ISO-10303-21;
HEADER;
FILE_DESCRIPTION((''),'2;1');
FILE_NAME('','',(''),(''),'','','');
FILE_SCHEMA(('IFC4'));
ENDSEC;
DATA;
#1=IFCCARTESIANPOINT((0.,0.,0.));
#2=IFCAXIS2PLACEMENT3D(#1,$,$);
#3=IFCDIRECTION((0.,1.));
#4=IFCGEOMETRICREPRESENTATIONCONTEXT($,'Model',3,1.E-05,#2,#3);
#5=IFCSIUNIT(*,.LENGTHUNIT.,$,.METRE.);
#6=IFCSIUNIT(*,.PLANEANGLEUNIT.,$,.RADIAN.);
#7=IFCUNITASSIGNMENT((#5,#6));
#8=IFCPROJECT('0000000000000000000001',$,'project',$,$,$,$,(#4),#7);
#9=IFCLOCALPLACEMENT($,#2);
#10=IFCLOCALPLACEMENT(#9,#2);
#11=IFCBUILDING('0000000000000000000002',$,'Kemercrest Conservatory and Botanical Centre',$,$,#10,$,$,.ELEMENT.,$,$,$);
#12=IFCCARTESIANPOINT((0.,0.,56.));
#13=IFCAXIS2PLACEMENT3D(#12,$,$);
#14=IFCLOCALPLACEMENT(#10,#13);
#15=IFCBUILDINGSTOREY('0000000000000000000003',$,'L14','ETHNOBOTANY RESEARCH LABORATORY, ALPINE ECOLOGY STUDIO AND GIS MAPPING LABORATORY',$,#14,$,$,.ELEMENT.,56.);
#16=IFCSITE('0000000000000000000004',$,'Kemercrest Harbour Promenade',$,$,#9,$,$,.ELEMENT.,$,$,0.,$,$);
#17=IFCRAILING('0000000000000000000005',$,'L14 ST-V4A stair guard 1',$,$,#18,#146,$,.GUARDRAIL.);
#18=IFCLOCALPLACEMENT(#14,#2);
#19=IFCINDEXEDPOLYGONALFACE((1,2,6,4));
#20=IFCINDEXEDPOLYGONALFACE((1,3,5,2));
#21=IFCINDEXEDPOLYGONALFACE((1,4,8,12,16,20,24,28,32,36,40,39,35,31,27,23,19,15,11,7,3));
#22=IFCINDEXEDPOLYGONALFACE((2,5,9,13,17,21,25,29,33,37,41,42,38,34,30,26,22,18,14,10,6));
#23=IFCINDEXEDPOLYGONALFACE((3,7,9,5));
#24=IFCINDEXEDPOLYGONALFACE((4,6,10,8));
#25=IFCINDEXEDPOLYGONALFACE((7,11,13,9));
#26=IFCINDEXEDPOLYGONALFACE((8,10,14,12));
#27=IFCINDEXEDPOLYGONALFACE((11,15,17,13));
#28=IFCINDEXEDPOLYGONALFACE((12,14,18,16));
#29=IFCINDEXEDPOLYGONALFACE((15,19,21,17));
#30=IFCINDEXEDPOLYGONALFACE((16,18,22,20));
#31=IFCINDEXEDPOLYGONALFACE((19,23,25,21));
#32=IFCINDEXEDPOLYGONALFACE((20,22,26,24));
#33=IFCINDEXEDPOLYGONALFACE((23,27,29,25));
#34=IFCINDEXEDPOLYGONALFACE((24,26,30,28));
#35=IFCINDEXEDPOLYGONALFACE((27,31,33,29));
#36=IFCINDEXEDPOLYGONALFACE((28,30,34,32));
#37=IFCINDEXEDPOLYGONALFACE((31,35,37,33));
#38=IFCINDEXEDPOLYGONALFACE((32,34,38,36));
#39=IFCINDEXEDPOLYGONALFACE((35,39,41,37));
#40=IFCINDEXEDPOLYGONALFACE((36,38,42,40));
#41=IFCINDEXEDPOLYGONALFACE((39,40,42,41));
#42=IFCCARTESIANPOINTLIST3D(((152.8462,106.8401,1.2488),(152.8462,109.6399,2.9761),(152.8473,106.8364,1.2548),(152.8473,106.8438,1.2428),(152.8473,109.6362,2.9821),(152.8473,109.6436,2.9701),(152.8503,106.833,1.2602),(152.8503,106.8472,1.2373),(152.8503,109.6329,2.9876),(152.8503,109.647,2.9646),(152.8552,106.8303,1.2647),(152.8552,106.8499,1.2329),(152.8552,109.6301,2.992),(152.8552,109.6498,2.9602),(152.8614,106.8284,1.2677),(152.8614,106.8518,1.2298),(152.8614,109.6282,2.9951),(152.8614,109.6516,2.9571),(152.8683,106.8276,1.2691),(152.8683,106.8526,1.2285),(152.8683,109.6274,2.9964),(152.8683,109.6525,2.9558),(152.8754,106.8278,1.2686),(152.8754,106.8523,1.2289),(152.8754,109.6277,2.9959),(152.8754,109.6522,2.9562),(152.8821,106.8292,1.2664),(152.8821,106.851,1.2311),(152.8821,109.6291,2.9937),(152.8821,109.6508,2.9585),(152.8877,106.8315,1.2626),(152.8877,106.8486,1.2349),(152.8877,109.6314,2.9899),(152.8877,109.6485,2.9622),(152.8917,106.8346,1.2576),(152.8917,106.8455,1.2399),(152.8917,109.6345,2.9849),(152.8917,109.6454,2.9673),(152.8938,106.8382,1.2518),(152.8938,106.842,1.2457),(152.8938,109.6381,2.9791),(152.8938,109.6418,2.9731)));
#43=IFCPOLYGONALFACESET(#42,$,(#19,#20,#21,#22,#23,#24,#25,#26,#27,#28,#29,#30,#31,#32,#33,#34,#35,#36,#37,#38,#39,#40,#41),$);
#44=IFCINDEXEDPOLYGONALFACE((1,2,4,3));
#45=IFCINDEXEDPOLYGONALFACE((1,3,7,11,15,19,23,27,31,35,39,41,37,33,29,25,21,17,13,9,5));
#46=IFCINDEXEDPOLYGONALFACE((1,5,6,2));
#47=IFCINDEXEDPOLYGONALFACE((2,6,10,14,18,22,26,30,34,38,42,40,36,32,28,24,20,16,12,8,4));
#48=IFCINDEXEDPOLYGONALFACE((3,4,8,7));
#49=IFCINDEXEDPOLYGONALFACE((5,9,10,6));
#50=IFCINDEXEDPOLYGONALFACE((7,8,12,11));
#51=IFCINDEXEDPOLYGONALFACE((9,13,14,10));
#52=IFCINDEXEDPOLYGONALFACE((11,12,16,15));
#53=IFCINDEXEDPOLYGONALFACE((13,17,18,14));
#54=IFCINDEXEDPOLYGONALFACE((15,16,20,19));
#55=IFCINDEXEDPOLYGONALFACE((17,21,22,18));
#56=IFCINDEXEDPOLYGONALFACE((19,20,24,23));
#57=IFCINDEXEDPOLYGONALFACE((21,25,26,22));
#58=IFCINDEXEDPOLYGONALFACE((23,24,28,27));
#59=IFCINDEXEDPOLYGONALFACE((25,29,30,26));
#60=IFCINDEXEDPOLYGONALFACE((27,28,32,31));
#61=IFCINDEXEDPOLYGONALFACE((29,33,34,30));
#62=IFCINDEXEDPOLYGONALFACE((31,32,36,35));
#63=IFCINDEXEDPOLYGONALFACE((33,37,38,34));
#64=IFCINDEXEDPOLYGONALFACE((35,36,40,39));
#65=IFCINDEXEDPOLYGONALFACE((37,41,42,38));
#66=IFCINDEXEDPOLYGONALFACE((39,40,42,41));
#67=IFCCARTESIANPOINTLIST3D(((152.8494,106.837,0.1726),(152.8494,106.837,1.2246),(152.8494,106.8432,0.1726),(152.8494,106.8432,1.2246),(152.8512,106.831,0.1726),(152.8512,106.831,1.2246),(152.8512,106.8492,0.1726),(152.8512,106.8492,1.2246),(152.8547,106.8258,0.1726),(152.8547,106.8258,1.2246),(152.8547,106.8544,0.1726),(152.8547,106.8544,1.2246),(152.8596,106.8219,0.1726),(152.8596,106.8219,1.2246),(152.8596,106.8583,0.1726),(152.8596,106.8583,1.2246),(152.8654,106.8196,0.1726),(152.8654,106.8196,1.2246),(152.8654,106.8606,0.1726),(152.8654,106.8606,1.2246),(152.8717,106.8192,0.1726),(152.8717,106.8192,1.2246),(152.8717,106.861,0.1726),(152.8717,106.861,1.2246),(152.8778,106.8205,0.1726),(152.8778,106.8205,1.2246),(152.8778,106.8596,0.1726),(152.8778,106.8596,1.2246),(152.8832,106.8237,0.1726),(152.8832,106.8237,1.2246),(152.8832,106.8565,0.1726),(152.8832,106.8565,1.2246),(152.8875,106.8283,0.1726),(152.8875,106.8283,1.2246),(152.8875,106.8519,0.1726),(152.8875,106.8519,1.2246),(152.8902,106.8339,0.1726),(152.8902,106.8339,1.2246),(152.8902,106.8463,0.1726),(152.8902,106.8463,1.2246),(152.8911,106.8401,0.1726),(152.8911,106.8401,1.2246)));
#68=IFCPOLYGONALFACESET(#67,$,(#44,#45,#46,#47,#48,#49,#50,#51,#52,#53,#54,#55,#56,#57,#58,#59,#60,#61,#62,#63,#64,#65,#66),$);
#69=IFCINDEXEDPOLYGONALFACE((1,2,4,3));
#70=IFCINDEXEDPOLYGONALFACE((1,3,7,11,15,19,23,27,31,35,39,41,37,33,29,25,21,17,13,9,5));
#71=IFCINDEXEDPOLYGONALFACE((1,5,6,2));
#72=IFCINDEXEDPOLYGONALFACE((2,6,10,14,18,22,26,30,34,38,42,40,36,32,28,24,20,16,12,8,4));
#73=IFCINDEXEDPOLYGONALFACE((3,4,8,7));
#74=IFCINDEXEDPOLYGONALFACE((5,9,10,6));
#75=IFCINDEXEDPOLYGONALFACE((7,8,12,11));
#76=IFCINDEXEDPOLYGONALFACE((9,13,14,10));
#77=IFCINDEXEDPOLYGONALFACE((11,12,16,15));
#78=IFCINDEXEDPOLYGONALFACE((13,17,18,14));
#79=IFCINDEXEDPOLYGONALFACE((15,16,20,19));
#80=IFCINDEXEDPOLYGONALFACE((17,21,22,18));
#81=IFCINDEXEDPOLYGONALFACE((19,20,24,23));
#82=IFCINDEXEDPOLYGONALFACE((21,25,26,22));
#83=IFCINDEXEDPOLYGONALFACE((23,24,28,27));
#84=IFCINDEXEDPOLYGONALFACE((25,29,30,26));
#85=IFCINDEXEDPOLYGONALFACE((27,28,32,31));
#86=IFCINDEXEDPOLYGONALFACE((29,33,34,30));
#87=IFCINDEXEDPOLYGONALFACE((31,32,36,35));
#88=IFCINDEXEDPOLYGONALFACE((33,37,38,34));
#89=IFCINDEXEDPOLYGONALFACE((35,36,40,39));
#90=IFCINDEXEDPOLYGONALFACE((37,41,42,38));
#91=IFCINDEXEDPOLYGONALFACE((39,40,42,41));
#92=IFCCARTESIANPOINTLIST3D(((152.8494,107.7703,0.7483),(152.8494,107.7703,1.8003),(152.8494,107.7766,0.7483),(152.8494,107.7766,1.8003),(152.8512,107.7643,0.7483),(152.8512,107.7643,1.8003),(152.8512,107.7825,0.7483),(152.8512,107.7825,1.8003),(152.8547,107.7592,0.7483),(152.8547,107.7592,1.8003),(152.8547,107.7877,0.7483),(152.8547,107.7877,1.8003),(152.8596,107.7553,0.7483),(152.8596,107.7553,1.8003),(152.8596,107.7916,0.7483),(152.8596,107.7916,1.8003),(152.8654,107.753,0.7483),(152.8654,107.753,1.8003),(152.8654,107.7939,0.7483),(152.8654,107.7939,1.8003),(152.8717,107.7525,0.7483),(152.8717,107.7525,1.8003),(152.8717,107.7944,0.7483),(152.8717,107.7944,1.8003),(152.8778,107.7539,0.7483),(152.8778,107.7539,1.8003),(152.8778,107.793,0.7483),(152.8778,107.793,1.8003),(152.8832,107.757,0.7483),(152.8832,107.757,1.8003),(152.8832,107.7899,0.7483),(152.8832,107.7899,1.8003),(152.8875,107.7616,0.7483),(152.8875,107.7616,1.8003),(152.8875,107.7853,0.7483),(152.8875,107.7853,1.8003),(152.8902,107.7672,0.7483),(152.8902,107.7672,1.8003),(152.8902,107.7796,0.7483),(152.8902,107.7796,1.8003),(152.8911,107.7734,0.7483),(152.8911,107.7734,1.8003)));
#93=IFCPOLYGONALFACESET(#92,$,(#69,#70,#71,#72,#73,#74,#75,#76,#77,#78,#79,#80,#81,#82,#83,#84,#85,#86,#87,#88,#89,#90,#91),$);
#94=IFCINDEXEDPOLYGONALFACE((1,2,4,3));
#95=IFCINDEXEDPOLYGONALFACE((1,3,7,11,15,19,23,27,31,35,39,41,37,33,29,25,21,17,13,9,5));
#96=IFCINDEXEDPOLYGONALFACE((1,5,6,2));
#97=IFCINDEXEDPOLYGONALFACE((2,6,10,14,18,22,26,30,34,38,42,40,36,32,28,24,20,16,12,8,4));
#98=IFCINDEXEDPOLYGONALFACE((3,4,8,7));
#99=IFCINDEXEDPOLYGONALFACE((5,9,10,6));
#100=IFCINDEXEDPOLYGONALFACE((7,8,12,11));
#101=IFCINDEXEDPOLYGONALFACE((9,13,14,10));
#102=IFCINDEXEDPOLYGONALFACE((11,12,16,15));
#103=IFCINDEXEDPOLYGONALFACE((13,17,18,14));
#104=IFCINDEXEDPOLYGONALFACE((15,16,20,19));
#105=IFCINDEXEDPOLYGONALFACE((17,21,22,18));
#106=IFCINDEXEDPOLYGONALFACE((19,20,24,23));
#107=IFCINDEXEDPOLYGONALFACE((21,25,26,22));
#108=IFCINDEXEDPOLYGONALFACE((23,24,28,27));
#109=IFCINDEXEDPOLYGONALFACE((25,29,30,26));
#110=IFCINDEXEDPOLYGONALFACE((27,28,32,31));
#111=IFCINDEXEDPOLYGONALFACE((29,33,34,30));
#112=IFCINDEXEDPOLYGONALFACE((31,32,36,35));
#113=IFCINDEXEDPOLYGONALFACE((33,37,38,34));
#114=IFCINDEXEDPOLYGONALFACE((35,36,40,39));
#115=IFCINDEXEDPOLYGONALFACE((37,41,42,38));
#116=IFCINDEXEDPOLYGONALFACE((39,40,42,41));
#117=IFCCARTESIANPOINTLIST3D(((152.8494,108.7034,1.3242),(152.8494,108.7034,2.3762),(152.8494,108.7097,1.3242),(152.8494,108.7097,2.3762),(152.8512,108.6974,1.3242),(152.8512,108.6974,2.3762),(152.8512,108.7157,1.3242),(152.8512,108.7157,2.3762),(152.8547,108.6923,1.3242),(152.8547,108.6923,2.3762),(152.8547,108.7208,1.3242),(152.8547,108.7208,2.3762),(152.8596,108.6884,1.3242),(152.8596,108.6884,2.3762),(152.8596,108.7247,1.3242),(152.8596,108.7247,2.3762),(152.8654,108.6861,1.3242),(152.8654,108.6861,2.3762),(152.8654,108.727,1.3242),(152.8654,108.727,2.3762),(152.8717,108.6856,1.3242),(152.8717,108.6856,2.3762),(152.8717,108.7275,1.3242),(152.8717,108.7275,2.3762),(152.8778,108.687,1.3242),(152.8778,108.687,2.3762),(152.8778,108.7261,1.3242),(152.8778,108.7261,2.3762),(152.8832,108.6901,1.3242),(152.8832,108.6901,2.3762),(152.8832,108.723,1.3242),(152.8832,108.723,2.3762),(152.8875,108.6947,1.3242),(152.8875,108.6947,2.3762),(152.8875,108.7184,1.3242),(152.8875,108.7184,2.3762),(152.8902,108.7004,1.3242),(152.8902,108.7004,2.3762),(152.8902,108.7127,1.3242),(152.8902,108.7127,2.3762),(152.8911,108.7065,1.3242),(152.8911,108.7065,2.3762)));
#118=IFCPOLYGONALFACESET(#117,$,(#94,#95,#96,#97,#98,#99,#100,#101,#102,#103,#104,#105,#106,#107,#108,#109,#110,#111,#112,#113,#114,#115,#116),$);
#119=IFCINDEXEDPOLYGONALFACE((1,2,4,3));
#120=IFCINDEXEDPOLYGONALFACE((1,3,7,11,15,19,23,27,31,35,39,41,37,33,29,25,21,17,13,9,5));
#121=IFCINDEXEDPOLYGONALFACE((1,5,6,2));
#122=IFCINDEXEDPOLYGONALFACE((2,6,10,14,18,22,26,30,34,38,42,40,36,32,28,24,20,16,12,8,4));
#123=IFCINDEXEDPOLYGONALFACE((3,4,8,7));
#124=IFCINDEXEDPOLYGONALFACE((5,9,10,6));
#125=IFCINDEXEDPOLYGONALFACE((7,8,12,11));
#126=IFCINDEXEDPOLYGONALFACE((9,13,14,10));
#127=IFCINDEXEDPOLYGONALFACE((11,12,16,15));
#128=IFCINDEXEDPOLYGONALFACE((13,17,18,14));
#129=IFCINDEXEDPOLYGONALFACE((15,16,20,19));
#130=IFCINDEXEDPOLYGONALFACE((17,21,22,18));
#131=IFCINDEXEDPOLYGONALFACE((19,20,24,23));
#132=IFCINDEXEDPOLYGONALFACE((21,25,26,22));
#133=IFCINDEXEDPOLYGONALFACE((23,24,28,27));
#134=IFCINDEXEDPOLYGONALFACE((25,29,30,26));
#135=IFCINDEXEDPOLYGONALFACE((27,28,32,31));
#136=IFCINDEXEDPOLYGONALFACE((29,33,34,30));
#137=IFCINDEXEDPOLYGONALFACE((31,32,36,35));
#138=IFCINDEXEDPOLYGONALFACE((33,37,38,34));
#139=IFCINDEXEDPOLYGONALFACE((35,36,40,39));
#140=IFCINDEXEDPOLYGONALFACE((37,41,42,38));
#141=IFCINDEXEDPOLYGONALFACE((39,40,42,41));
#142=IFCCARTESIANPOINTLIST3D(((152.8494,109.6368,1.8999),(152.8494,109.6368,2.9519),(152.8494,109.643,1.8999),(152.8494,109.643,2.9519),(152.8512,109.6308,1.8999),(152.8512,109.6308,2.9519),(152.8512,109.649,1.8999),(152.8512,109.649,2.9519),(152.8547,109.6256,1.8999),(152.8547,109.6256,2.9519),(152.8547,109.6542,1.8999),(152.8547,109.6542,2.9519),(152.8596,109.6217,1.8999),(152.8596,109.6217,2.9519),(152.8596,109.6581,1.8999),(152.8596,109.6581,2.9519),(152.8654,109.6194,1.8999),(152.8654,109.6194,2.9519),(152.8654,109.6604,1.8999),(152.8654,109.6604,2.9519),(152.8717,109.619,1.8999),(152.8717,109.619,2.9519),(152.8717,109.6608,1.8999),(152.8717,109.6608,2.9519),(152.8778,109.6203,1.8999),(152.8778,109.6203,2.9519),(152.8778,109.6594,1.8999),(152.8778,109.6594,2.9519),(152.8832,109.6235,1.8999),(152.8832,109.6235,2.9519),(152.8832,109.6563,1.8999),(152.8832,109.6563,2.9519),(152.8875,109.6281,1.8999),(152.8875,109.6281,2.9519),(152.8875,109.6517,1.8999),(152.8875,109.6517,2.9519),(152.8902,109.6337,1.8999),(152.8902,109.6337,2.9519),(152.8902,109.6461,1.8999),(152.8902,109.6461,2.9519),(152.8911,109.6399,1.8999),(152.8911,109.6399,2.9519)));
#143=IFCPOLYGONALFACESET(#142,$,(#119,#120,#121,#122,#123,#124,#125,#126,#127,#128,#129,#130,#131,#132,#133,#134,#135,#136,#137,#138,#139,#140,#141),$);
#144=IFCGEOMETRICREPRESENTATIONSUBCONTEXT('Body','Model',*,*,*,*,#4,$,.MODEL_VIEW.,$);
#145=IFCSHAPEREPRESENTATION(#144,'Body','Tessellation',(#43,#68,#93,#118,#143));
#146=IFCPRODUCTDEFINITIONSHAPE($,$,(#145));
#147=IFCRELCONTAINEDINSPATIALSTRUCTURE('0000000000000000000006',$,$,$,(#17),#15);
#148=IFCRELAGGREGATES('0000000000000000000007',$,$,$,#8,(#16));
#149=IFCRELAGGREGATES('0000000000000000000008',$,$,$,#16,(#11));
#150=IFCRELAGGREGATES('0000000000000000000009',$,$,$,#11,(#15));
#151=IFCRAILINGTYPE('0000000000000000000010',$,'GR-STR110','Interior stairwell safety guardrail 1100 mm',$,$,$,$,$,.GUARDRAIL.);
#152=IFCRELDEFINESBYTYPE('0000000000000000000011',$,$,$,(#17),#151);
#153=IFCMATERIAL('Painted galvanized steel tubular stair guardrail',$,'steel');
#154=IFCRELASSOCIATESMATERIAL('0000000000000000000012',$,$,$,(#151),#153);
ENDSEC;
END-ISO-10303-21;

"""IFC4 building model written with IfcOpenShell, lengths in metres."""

from ifc_helpers import new_model, si_unit, direction, frame, origin, origin_2d, place, context, subcontext, project, spatial, circle, extrude, material, type_object, element, save


model = new_model("IFC4")

# Units and contexts
model_context = context("Model", 3, precision=1e-05, world=origin(), true_north=direction((0.0, 1.0)))
body_context = subcontext(model_context, "Body", "Model", "MODEL_VIEW")
ifc_project = project(units=[si_unit("LENGTHUNIT", "METRE"), si_unit("PLANEANGLEUNIT", "RADIAN")], contexts=[model_context])

# Site, building, storey
site_placement = place(None, origin())
site = spatial("IfcSite", under=ifc_project, at=site_placement, Name="Kemercrest Harbour Promenade", CompositionType="ELEMENT", RefElevation=0.0)
building_placement = place(site_placement, origin())
building = spatial("IfcBuilding", under=site, at=building_placement, Name="Kemercrest Conservatory and Botanical Centre", CompositionType="ELEMENT")
storey_placement = place(building_placement, frame((0.0, 0.0, 56.0)))
storey = spatial("IfcBuildingStorey", under=building, at=storey_placement, Name="L14", Description="ETHNOBOTANY RESEARCH LABORATORY, ALPINE ECOLOGY STUDIO AND GIS MAPPING LABORATORY", CompositionType="ELEMENT", Elevation=56.0)

# Railing
ifc_material_1 = material(Name="Painted galvanized steel tubular stair guardrail", Category="steel")
railing_type_1 = type_object("IfcRailingType", Name="GR-STR110", Description="Interior stairwell safety guardrail 1100 mm", PredefinedType="GUARDRAIL", material=ifc_material_1)
railing_1_placement = place(storey_placement, frame((152.8701, 106.8401, 0.1726)))
element("IfcRailing", 1, at=railing_1_placement, inside=storey, type_object=railing_type_1, Name="L14 ST-V4A stair guard 1", PredefinedType="GUARDRAIL", context=body_context, shape_type="SweptSolid", body=[
    extrude(circle(Radius=0.0239, at=origin_2d()), frame((0.0, 0.0, 1.0762), z_axis=(0.0, 0.851069, 0.525054), x_axis=(-1.0, 0.0, 0.0)), (0.0, 0.0, 1.0), 3.2898),
    extrude(circle(Radius=0.021, at=origin_2d()), origin(), (0.0, 0.0, 1.0), 1.052),
    extrude(circle(Radius=0.021, at=origin_2d()), frame((0.0, 0.9333, 0.5757)), (0.0, 0.0, 1.0), 1.052),
    extrude(circle(Radius=0.021, at=origin_2d()), frame((0.0, 1.8665, 1.1516)), (0.0, 0.0, 1.0), 1.052),
    extrude(circle(Radius=0.021, at=origin_2d()), frame((0.0, 2.7998, 1.7273)), (0.0, 0.0, 1.0), 1.052),
])

save(model, "model.ifc")
